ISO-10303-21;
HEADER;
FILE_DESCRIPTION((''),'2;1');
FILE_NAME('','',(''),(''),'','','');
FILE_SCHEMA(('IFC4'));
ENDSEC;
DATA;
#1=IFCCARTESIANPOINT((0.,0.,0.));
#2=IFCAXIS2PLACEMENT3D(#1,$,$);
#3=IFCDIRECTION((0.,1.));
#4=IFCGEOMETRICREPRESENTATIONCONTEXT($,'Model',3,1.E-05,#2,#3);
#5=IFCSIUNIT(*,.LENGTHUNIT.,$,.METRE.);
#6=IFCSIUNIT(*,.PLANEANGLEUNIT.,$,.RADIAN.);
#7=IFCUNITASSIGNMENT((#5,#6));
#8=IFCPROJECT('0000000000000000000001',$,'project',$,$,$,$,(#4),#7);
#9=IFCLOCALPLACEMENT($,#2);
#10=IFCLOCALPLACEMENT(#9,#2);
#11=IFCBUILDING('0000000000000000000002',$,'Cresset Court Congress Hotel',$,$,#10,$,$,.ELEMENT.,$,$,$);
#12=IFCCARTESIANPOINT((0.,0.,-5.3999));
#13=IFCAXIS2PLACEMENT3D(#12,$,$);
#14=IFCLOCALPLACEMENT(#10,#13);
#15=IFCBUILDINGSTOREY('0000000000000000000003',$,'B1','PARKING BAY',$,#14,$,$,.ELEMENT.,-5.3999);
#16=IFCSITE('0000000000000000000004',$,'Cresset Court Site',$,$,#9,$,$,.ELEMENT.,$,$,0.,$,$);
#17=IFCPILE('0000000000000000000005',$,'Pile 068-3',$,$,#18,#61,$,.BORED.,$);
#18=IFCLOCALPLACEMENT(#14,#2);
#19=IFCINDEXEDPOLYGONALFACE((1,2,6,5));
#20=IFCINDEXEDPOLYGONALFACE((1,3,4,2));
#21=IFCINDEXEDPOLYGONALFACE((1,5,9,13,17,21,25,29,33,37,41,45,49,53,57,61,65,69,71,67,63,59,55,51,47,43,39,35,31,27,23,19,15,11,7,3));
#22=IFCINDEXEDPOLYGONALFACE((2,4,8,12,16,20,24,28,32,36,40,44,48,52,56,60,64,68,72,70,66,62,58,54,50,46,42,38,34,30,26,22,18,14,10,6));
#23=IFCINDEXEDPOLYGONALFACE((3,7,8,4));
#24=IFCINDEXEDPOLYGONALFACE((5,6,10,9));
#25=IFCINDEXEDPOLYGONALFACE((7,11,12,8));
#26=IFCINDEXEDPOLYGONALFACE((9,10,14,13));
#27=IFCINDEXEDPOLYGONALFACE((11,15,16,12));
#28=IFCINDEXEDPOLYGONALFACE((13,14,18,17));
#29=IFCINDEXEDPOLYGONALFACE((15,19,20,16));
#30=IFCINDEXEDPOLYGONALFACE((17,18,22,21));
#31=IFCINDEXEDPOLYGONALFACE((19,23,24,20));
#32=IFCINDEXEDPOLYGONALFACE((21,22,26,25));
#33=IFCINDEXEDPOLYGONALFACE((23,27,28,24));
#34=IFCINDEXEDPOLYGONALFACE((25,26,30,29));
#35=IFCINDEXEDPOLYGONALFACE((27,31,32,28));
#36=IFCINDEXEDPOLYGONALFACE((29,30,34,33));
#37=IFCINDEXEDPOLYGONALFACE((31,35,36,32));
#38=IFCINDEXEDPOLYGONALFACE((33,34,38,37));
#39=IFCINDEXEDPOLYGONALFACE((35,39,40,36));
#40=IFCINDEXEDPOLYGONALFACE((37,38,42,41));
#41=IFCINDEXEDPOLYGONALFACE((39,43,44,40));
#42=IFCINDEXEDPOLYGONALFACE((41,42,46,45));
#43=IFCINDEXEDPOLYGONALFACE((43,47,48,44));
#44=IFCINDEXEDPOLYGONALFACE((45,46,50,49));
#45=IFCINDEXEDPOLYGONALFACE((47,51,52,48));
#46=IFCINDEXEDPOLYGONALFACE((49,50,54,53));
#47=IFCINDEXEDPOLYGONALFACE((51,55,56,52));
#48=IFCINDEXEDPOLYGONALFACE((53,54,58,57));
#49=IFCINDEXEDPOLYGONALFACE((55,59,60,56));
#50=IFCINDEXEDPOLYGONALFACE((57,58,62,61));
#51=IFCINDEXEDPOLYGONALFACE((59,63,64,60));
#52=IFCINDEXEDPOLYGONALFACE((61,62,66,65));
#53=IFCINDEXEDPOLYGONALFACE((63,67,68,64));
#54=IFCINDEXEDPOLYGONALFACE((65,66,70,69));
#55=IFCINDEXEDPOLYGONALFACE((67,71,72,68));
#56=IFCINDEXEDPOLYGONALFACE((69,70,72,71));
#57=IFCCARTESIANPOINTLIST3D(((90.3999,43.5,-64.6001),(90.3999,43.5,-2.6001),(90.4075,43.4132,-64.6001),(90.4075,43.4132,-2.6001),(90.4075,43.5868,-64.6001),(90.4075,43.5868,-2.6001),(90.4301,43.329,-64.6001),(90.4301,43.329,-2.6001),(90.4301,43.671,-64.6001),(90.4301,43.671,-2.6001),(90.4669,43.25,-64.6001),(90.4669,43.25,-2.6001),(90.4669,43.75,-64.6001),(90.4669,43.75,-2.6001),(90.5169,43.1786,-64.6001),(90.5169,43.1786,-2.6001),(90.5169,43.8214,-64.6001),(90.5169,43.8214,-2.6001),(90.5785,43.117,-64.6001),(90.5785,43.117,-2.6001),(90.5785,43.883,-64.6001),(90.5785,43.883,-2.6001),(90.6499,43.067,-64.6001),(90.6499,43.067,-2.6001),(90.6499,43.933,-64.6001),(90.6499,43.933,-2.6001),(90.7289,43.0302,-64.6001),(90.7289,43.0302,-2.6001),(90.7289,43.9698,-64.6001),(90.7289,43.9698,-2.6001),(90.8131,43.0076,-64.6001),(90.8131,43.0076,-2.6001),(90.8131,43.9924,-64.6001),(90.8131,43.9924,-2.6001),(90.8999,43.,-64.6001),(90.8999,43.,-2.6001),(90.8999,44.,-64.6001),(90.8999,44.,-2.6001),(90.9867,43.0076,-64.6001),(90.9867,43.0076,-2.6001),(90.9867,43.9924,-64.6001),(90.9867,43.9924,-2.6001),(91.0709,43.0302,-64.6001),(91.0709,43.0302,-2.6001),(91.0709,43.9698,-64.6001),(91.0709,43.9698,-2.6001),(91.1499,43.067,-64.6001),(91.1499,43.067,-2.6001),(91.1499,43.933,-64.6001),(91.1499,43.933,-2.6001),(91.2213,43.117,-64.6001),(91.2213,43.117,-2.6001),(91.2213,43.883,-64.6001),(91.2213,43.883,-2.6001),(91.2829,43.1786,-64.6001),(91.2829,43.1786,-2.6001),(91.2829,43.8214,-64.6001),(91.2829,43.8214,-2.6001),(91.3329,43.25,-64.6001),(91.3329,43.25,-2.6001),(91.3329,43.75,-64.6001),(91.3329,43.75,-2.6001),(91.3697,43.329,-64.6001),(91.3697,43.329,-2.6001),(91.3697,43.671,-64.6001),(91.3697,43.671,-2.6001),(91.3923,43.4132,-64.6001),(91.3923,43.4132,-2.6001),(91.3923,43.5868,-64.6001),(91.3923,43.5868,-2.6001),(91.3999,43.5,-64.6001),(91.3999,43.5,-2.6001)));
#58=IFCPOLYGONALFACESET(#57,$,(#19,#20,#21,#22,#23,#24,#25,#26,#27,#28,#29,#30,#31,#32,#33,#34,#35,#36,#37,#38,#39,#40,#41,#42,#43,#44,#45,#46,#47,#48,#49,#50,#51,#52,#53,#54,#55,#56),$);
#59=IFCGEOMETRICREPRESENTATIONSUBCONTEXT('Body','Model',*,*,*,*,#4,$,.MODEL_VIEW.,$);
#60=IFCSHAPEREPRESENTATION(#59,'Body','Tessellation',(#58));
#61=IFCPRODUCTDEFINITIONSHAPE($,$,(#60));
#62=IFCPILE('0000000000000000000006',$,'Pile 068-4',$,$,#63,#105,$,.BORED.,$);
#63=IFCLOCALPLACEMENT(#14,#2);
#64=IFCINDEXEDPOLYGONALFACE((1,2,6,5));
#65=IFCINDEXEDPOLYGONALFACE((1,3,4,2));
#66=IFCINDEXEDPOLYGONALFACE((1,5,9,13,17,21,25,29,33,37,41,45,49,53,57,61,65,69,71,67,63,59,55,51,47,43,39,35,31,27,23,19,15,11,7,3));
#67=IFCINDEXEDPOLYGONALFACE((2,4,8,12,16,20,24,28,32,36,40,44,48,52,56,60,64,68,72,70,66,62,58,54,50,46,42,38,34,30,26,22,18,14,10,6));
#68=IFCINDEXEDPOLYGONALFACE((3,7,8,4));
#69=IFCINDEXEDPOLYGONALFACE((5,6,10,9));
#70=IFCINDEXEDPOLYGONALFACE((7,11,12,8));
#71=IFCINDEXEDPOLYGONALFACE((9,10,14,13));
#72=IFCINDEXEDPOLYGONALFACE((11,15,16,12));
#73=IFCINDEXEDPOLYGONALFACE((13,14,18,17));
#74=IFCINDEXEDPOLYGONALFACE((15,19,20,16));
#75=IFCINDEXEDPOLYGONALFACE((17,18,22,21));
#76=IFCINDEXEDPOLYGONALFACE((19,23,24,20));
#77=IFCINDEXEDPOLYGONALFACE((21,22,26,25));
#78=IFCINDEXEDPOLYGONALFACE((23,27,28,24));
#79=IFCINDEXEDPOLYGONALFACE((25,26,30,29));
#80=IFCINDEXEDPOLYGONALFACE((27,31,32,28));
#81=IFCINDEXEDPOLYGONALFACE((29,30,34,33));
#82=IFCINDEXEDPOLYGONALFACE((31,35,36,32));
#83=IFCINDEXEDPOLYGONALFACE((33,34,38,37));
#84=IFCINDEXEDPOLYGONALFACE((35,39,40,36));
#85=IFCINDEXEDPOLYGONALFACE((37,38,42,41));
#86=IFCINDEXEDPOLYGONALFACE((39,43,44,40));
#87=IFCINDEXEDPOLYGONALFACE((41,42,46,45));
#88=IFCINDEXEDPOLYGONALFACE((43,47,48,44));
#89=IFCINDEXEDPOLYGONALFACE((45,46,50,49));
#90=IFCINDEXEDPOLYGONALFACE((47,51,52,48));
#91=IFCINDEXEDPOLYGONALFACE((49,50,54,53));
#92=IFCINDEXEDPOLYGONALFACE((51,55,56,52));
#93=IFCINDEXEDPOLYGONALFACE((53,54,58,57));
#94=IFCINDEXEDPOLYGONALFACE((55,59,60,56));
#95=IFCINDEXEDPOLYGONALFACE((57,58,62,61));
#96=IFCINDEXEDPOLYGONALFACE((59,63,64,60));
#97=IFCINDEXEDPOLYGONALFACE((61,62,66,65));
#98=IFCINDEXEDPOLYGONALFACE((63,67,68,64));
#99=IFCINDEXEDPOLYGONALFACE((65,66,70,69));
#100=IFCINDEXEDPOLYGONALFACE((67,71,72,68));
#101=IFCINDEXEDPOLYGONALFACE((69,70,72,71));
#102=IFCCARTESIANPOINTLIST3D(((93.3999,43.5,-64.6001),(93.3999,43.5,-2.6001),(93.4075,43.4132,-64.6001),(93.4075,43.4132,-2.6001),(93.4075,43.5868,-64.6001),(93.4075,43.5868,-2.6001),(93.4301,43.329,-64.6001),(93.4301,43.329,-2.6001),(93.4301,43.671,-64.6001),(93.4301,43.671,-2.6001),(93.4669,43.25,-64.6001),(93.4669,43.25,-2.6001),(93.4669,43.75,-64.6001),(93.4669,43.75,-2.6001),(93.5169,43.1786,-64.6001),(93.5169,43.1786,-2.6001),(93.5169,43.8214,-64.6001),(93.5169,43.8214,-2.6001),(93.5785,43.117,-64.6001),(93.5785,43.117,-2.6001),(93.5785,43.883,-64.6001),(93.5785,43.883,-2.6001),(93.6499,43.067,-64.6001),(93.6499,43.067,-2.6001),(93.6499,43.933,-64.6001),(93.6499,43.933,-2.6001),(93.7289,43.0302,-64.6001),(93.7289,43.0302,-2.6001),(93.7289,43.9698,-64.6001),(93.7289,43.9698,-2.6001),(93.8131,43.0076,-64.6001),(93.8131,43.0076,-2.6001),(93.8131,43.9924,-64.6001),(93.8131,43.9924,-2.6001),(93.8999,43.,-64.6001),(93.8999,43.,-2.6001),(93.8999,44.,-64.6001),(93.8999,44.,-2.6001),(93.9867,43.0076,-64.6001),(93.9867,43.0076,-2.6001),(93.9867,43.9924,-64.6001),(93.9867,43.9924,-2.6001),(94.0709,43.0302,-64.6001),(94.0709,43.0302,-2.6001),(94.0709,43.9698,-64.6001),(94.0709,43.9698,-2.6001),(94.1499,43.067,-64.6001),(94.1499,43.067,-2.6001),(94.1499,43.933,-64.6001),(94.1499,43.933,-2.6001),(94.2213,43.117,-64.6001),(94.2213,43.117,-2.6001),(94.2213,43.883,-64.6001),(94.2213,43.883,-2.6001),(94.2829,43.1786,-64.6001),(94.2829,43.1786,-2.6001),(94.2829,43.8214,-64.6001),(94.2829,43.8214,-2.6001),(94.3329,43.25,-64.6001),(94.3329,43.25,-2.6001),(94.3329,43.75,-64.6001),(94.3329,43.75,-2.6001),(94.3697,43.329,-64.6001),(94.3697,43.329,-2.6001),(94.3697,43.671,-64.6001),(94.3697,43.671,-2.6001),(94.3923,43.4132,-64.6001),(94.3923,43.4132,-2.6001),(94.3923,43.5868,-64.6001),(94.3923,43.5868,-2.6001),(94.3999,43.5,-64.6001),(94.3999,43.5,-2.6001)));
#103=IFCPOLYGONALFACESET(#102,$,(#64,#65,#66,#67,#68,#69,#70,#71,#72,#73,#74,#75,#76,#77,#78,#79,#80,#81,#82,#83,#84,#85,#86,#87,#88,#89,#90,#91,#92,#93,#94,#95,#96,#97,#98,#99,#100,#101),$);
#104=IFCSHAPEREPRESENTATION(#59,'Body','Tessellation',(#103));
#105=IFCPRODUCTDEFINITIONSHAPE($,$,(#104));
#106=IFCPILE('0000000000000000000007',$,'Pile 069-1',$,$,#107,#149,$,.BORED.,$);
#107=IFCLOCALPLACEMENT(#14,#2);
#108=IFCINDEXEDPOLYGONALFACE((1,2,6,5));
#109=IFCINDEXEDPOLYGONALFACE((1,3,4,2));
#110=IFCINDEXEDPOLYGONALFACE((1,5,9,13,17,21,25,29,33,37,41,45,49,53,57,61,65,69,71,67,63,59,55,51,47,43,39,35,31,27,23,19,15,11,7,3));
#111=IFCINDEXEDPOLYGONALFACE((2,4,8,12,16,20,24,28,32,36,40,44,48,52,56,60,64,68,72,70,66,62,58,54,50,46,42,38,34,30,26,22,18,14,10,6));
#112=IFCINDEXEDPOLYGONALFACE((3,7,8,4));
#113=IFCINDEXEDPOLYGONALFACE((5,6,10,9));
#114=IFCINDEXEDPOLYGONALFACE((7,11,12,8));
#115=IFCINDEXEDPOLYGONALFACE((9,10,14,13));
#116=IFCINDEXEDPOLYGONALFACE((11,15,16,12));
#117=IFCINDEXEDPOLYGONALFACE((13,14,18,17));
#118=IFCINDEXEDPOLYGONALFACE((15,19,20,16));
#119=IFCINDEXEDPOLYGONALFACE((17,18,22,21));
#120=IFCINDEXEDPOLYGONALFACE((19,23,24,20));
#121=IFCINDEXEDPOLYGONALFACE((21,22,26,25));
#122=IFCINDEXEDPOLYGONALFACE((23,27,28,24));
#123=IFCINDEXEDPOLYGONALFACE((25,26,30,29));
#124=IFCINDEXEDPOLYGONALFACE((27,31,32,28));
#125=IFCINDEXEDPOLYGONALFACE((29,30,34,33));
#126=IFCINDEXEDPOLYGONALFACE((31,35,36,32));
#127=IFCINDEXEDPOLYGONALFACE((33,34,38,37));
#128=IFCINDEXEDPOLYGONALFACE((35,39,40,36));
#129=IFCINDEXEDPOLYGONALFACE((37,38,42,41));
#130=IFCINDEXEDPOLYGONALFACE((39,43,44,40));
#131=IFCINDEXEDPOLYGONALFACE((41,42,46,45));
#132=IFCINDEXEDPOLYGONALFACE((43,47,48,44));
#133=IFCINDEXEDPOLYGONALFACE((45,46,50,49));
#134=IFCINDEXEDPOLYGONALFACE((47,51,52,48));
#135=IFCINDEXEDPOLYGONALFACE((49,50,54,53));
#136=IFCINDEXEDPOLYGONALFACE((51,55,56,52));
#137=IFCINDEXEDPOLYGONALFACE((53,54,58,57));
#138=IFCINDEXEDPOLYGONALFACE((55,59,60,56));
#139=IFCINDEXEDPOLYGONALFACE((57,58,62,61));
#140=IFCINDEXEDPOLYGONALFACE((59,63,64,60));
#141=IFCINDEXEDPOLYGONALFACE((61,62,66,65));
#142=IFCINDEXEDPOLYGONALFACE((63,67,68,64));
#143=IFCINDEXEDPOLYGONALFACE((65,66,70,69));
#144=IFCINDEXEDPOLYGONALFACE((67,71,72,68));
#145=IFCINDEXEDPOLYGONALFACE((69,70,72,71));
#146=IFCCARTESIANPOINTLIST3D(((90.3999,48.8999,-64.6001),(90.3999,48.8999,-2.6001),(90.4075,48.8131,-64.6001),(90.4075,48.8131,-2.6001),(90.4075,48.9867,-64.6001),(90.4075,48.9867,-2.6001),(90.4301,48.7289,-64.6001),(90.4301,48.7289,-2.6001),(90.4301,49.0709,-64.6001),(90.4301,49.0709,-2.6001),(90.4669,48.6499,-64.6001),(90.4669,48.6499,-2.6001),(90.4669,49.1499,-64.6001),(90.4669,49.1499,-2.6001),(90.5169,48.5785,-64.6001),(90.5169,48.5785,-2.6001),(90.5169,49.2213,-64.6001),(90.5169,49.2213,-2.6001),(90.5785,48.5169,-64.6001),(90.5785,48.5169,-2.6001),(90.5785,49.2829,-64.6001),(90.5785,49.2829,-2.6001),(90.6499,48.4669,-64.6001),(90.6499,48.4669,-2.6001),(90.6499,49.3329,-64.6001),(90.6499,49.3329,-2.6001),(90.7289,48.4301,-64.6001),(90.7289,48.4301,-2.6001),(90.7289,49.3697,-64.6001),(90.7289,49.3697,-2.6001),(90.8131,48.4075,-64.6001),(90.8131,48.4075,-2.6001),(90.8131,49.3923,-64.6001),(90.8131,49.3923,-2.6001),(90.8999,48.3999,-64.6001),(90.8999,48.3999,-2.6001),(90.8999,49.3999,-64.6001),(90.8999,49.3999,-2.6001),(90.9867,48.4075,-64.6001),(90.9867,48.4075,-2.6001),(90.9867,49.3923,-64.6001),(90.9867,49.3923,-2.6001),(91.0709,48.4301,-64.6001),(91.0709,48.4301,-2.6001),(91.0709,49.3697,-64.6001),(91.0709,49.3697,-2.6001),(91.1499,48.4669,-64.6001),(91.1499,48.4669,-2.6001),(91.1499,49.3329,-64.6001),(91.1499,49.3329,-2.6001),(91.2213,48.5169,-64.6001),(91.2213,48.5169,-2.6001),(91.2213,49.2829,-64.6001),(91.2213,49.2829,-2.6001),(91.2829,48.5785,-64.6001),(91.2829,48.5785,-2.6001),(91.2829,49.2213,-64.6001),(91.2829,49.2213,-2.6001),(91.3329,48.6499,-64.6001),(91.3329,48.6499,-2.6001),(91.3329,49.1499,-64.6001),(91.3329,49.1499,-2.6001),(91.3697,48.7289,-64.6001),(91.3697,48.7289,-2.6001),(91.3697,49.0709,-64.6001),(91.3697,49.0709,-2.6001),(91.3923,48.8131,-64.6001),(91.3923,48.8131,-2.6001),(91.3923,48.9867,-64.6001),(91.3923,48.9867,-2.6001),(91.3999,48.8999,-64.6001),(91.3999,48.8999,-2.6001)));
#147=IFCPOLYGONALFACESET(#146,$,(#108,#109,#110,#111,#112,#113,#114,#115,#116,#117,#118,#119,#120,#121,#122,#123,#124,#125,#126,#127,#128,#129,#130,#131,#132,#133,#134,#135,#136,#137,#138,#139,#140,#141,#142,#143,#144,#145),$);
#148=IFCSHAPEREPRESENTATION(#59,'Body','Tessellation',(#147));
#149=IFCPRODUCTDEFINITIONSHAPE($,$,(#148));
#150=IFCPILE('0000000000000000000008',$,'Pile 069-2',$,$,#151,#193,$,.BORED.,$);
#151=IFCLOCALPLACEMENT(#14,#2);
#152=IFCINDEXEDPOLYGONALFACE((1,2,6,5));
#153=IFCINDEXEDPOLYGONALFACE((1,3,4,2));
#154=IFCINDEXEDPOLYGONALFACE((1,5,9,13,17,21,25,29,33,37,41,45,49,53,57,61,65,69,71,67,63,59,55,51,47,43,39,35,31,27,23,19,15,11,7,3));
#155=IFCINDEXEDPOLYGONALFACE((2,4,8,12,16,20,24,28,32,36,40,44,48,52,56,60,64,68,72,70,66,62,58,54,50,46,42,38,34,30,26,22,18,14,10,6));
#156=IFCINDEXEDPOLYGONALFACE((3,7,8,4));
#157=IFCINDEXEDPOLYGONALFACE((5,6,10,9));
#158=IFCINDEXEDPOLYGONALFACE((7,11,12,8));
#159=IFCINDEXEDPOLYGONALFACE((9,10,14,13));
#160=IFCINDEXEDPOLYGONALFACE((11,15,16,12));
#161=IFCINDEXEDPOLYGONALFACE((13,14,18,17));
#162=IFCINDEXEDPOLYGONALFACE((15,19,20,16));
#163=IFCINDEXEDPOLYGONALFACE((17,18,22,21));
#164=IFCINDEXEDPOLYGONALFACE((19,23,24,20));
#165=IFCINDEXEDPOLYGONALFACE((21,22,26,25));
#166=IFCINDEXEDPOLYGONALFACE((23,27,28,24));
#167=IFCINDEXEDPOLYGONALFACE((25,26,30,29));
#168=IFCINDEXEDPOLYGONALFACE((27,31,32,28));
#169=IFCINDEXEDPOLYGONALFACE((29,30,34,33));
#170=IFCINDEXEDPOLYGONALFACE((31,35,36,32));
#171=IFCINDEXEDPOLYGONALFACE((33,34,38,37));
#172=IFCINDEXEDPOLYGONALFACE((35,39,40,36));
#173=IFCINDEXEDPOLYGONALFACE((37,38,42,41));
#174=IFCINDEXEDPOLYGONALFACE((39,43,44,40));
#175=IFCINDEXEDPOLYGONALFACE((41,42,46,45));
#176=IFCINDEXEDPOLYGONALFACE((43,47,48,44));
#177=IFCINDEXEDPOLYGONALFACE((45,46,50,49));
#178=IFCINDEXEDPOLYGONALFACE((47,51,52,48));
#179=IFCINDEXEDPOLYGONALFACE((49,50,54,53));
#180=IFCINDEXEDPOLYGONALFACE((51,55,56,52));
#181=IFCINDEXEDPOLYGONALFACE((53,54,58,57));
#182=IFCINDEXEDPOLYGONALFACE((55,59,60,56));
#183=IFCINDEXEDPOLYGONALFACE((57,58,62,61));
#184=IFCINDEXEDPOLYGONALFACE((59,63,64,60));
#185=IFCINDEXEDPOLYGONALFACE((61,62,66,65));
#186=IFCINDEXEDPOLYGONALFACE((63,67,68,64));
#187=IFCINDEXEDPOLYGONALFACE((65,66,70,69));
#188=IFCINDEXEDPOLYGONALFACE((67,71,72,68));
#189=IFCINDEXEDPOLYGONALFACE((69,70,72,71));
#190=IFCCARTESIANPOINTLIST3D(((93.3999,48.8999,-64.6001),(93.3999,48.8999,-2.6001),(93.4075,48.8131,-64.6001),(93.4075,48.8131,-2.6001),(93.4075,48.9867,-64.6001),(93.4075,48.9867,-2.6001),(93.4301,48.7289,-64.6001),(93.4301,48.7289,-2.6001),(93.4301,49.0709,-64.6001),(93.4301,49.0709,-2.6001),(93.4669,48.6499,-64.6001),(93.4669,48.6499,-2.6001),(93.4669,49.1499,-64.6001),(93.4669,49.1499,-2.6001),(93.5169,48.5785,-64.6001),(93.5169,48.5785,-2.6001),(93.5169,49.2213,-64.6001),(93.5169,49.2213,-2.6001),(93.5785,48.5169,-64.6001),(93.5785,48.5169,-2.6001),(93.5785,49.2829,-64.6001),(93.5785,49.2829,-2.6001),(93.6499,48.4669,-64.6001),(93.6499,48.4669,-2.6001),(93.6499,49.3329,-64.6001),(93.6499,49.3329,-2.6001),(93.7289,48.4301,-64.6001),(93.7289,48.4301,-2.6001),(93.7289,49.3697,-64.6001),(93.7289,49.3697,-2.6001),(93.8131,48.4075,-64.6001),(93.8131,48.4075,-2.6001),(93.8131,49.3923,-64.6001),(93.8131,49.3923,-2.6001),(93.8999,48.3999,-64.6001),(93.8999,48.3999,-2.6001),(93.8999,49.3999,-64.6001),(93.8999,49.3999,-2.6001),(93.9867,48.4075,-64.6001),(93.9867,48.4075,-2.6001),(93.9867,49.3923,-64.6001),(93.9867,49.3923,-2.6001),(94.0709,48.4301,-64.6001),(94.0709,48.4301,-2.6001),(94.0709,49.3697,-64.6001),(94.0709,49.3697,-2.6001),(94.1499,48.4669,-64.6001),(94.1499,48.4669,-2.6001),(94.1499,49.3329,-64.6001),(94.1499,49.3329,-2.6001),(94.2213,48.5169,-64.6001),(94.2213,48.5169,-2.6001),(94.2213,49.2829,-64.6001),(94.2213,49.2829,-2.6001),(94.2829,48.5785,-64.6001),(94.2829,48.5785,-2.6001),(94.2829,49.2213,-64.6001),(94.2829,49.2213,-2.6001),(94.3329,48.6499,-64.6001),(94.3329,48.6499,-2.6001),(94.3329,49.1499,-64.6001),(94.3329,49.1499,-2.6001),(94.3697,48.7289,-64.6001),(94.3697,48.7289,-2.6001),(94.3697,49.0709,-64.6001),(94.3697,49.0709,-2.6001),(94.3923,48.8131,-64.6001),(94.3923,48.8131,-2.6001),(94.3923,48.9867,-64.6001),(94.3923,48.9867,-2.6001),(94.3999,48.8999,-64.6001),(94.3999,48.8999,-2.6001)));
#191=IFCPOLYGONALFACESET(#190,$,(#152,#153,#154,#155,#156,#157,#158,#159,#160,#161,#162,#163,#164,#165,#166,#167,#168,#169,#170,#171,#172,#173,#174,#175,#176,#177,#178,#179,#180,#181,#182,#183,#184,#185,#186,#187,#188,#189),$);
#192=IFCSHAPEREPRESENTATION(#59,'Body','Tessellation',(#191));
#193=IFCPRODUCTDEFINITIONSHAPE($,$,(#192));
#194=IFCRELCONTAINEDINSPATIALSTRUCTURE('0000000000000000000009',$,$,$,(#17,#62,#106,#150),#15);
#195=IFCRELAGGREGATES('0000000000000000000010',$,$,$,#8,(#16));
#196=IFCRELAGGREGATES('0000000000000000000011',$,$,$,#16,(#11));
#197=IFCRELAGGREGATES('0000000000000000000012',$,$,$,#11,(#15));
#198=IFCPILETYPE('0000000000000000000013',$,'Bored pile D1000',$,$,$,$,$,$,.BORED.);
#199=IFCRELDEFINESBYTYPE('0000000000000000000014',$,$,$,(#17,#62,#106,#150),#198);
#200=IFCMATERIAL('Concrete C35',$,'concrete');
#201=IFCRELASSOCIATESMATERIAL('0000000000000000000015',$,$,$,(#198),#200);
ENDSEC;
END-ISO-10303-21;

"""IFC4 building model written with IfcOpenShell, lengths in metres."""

from ifc_helpers import new_model, si_unit, direction, frame, origin, origin_2d, place, context, subcontext, project, spatial, circle, extrude, material, type_object, element, save


model = new_model("IFC4")

# Units and contexts
model_context = context("Model", 3, precision=1e-05, world=origin(), true_north=direction((0.0, 1.0)))
body_context = subcontext(model_context, "Body", "Model", "MODEL_VIEW")
ifc_project = project(units=[si_unit("LENGTHUNIT", "METRE"), si_unit("PLANEANGLEUNIT", "RADIAN")], contexts=[model_context])

# Site, building, storey
site_placement = place(None, origin())
site = spatial("IfcSite", under=ifc_project, at=site_placement, Name="Cresset Court Site", CompositionType="ELEMENT", RefElevation=0.0)
building_placement = place(site_placement, origin())
building = spatial("IfcBuilding", under=site, at=building_placement, Name="Cresset Court Congress Hotel", CompositionType="ELEMENT")
storey_placement = place(building_placement, frame((0.0, 0.0, -5.3999)))
storey = spatial("IfcBuildingStorey", under=building, at=storey_placement, Name="B1", Description="PARKING BAY", CompositionType="ELEMENT", Elevation=-5.3999)

# Piles
ifc_material_1 = material(Name="Concrete C35", Category="concrete")
pile_type = type_object("IfcPileType", Name="Bored pile D1000", PredefinedType="BORED", material=ifc_material_1)
for number, where, z_axis, x_axis, name in (
    (1, (90.8999, 43.5, -2.6001), (0.0, 0.0, -1.0), (1.0, 0.0, 0.0), "Pile 068-3"),
    (2, (93.8999, 43.5, -2.6001), (0.0, 0.0, -1.0), (1.0, 0.0, 0.0), "Pile 068-4"),
    (3, (90.8999, 48.8999, -2.6001), (0.0, 0.0, -1.0), (1.0, 0.0, 0.0), "Pile 069-1"),
    (4, (93.8999, 48.8999, -2.6001), (0.0, 0.0, -1.0), (1.0, 0.0, 0.0), "Pile 069-2"),
):
    element("IfcPile", number, at=place(storey_placement, frame(where, z_axis=z_axis, x_axis=x_axis)), inside=storey, type_object=pile_type, Name=name, PredefinedType="BORED", context=body_context, shape_type="SweptSolid", body=[
        extrude(circle(Radius=0.5, at=origin_2d()), origin(), (0.0, 0.0, 1.0), 62.0),
    ])

save(model, "model.ifc")
